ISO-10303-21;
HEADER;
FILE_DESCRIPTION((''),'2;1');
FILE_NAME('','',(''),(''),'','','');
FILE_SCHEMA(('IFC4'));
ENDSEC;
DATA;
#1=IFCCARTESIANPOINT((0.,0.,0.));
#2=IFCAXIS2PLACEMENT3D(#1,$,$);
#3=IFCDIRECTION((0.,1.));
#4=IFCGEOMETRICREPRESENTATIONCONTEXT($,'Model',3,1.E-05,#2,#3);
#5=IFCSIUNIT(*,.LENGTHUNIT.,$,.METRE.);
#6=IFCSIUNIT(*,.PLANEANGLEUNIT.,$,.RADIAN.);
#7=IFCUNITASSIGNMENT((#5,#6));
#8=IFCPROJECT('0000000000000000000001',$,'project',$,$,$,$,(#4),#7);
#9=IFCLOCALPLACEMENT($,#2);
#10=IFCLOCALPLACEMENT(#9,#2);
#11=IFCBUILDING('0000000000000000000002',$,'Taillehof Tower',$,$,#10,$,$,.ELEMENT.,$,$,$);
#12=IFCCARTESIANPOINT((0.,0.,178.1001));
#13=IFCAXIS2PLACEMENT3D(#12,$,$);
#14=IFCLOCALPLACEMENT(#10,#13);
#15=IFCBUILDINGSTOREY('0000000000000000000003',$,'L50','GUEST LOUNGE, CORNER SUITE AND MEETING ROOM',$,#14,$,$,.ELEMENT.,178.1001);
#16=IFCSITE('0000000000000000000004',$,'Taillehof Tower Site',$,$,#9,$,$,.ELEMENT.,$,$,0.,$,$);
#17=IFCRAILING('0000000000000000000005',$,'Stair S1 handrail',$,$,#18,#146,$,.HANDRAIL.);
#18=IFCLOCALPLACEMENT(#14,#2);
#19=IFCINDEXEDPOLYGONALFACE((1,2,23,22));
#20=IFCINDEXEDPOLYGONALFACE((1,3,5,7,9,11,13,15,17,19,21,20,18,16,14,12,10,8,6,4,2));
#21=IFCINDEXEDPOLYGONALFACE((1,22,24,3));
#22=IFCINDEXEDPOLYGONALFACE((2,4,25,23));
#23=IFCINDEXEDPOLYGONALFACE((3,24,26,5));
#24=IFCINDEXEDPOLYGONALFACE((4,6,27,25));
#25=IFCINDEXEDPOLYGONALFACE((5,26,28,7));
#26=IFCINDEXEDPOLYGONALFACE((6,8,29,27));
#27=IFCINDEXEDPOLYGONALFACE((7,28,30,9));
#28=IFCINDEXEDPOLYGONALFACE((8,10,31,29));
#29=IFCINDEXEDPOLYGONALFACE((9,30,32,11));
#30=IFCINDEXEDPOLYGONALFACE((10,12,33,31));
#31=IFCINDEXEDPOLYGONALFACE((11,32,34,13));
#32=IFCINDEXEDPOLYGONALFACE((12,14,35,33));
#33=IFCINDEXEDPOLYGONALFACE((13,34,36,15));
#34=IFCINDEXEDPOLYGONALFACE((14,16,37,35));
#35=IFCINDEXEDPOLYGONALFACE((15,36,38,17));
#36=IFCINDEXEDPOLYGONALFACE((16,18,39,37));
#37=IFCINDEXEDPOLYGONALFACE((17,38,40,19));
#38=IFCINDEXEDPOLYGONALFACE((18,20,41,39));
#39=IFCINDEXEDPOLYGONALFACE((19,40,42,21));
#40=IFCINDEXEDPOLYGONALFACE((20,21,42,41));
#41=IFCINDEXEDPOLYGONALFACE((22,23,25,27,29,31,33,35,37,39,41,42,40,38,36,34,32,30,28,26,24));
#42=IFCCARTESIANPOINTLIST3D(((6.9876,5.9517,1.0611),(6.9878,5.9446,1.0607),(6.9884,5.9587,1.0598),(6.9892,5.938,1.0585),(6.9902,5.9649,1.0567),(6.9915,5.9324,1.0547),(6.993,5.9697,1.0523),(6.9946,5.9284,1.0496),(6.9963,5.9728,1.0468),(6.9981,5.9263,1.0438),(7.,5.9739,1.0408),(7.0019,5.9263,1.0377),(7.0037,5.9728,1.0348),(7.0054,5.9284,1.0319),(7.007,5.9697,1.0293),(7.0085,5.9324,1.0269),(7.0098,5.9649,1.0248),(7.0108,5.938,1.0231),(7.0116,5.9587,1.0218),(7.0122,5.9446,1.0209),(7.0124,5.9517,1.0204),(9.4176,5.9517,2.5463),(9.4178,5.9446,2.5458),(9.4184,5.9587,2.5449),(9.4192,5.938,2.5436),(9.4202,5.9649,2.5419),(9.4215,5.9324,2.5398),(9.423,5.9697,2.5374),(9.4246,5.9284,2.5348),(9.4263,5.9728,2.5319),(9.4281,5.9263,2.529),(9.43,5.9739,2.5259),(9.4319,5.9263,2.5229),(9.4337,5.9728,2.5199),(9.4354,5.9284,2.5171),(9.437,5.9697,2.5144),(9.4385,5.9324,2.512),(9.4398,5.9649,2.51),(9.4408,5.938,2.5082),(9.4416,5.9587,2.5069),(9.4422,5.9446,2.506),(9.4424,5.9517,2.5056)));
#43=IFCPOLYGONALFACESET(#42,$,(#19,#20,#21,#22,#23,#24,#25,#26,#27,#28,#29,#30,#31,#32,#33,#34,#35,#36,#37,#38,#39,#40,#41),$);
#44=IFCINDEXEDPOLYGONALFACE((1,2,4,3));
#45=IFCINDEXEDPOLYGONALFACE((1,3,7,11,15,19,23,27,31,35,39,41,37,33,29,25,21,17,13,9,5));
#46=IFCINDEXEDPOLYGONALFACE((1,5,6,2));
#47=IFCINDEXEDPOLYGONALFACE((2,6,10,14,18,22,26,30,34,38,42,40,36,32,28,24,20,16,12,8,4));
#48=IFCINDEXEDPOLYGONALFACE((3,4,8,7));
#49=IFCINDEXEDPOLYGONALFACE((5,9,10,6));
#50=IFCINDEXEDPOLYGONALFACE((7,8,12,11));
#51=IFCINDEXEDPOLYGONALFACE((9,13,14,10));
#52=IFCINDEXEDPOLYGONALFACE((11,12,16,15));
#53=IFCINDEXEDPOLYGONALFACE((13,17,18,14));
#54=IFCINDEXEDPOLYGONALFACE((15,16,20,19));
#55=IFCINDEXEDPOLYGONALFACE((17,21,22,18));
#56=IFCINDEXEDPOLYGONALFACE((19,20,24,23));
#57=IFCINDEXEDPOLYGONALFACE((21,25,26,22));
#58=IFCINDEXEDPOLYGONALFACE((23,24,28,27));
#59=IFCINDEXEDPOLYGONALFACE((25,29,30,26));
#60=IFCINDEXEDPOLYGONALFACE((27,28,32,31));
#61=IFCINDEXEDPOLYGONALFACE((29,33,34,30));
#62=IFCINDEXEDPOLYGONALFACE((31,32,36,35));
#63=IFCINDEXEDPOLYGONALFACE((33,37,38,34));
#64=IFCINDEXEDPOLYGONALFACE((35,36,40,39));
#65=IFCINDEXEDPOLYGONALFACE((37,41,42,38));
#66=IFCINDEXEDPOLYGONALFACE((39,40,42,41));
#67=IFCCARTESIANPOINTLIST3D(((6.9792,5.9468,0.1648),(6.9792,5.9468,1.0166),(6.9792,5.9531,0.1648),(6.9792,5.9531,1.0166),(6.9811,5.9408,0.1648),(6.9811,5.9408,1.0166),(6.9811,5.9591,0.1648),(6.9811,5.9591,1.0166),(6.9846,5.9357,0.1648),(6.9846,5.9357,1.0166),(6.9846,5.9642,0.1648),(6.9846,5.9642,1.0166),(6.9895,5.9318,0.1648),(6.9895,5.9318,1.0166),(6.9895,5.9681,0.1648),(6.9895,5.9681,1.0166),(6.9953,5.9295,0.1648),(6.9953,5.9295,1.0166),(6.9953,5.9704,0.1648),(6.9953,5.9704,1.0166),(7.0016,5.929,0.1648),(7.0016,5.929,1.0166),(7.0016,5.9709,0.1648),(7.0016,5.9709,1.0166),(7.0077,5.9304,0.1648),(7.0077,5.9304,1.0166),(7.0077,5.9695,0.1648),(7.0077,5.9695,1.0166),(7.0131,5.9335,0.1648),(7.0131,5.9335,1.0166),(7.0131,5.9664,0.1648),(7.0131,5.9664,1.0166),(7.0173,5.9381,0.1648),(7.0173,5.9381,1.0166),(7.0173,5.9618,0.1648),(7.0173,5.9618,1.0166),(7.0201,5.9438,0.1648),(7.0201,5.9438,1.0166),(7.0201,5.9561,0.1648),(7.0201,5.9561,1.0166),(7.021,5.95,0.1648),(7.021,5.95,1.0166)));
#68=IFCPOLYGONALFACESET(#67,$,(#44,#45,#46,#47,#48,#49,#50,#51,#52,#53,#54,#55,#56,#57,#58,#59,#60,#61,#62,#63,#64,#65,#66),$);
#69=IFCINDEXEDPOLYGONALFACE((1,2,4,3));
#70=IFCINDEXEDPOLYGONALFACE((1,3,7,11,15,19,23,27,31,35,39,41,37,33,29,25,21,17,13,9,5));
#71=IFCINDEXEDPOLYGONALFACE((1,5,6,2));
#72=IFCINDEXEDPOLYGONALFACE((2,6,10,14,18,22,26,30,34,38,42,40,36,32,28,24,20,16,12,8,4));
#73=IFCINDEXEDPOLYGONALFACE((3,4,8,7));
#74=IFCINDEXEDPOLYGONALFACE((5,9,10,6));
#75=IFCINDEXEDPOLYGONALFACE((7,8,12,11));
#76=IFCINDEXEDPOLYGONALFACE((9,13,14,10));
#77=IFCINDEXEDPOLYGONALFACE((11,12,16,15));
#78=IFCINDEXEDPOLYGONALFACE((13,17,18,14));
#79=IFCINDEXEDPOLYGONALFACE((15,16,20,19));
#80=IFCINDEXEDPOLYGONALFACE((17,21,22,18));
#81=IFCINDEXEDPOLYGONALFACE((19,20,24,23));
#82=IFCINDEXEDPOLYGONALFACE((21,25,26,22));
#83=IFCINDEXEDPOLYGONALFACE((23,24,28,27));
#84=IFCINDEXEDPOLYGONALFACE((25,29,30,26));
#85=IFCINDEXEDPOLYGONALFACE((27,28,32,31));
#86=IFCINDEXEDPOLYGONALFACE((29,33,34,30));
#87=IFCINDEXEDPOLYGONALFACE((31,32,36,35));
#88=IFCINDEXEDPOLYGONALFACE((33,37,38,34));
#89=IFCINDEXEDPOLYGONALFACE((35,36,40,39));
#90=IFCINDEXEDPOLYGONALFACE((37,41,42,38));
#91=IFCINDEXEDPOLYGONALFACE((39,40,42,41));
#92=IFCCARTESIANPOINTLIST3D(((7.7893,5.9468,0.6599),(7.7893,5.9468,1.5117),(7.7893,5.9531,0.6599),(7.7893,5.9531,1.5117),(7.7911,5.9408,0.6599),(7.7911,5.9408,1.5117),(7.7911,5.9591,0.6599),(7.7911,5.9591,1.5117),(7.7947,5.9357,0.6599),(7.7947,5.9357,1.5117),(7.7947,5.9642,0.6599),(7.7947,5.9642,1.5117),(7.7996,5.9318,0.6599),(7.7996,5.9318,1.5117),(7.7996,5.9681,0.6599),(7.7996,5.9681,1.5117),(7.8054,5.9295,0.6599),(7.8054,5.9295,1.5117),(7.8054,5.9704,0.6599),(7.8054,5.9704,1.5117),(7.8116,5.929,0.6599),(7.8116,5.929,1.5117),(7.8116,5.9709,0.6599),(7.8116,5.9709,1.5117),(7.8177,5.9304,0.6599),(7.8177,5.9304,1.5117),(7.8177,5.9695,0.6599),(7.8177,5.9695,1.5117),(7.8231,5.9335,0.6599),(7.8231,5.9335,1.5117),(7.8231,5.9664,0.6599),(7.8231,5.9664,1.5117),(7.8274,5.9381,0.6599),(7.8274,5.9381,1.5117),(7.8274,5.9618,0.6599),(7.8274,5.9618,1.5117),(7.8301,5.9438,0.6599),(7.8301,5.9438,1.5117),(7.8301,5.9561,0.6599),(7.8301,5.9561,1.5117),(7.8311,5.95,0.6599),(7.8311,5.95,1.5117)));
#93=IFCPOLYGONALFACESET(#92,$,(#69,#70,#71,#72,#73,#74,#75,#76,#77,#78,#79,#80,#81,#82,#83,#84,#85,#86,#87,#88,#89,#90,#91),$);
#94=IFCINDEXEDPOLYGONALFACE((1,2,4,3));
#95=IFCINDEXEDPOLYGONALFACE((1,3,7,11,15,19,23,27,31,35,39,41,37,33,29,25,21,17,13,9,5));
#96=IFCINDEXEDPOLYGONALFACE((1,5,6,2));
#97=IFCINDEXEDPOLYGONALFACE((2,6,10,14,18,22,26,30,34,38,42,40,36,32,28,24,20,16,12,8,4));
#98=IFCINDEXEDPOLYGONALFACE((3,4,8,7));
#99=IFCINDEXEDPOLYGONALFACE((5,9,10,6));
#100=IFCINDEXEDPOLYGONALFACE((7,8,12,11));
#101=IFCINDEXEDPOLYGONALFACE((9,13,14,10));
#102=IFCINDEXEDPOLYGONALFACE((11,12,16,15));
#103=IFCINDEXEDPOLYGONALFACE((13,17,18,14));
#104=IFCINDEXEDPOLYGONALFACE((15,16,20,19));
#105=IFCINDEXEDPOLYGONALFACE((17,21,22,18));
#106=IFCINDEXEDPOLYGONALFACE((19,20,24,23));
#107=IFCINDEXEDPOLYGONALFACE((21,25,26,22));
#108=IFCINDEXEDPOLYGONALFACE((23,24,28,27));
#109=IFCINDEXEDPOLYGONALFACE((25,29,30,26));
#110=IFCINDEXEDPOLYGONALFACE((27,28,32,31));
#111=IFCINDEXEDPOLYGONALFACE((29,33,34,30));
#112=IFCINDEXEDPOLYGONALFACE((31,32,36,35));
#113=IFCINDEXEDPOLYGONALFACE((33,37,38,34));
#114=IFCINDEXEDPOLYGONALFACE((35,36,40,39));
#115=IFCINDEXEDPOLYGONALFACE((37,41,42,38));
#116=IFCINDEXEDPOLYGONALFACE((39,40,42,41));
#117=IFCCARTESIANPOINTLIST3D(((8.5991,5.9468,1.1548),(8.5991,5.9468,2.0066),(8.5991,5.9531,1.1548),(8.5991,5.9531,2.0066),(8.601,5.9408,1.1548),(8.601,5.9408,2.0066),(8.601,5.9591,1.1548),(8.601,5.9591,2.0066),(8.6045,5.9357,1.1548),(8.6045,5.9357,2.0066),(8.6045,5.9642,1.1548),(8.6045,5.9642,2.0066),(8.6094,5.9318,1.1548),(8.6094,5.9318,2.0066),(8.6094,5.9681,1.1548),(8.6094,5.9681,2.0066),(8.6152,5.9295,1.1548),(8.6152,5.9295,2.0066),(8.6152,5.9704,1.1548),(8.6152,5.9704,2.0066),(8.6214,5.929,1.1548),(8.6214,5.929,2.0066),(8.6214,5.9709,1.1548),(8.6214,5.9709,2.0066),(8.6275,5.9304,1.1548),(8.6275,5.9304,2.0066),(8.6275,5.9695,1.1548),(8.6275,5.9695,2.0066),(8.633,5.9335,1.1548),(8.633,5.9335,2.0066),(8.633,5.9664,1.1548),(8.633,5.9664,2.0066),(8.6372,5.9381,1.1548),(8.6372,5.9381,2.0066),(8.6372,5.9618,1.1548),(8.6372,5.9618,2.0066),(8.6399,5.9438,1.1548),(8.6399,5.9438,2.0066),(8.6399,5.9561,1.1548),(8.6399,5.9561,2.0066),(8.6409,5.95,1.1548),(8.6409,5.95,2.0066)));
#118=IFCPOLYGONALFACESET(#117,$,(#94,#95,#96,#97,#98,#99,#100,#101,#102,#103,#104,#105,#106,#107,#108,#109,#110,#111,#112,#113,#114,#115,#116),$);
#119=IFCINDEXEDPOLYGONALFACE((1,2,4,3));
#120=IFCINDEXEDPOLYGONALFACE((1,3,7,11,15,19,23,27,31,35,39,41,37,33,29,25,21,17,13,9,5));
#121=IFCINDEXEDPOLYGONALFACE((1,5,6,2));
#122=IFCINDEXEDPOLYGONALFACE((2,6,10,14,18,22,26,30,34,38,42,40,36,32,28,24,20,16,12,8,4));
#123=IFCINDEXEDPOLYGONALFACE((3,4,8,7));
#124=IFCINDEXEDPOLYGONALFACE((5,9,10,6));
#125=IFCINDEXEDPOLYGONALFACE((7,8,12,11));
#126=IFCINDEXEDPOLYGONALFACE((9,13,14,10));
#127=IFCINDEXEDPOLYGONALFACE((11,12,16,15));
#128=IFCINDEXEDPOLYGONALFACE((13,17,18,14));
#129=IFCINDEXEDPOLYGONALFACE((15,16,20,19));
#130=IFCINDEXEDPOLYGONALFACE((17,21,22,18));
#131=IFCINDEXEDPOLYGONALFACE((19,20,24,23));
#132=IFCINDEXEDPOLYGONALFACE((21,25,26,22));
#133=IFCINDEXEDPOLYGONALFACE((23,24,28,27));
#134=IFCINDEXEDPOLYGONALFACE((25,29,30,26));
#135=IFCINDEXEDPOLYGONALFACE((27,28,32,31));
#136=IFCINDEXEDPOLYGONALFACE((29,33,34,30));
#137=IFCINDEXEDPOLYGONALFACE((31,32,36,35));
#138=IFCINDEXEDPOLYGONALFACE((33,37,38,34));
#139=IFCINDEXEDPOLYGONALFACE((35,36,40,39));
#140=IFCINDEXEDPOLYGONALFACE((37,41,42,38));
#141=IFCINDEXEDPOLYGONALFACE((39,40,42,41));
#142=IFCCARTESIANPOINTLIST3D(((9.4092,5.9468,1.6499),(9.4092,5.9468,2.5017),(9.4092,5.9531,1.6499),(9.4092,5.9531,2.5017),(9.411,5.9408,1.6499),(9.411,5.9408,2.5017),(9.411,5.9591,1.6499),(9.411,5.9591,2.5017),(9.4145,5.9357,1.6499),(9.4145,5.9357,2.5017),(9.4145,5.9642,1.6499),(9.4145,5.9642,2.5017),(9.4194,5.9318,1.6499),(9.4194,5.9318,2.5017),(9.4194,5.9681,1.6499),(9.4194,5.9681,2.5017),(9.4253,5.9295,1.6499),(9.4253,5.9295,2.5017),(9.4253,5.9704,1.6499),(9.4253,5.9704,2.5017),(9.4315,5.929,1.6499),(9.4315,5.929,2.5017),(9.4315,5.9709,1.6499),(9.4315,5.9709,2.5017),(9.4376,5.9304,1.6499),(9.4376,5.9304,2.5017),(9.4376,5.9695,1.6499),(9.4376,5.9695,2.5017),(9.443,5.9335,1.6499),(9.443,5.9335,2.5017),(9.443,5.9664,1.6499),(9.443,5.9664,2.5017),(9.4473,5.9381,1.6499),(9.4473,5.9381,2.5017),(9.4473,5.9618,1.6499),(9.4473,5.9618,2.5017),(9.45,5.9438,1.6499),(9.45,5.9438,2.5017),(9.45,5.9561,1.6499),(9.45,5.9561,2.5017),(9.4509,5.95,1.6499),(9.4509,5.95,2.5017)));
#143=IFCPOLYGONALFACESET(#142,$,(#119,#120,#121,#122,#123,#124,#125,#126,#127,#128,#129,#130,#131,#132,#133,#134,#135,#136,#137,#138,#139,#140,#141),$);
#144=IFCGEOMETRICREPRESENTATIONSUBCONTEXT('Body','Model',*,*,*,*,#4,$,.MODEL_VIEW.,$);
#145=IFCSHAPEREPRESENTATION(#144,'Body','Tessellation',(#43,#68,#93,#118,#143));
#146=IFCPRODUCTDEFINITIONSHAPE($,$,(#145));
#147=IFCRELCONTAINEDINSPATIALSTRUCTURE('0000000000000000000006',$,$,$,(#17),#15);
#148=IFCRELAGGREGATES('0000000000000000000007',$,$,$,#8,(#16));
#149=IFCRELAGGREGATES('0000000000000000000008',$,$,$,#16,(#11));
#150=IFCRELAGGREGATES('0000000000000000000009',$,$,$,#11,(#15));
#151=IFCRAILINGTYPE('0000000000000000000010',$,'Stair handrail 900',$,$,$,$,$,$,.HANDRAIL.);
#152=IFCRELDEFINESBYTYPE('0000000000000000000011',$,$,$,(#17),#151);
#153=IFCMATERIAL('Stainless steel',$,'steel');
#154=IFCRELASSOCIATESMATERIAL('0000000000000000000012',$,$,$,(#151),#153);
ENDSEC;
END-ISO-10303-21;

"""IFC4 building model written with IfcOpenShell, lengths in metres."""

from ifc_helpers import new_model, si_unit, direction, frame, origin, origin_2d, place, context, subcontext, project, spatial, circle, extrude, material, type_object, element, save


model = new_model("IFC4")

# Units and contexts
model_context = context("Model", 3, precision=1e-05, world=origin(), true_north=direction((0.0, 1.0)))
body_context = subcontext(model_context, "Body", "Model", "MODEL_VIEW")
ifc_project = project(units=[si_unit("LENGTHUNIT", "METRE"), si_unit("PLANEANGLEUNIT", "RADIAN")], contexts=[model_context])

# Site, building, storey
site_placement = place(None, origin())
site = spatial("IfcSite", under=ifc_project, at=site_placement, Name="Taillehof Tower Site", CompositionType="ELEMENT", RefElevation=0.0)
building_placement = place(site_placement, origin())
building = spatial("IfcBuilding", under=site, at=building_placement, Name="Taillehof Tower", CompositionType="ELEMENT")
storey_placement = place(building_placement, frame((0.0, 0.0, 178.1001)))
storey = spatial("IfcBuildingStorey", under=building, at=storey_placement, Name="L50", Description="GUEST LOUNGE, CORNER SUITE AND MEETING ROOM", CompositionType="ELEMENT", Elevation=178.1001)

# Railing
ifc_material_1 = material(Name="Stainless steel", Category="steel")
railing_type = type_object("IfcRailingType", Name="Stair handrail 900", PredefinedType="HANDRAIL", material=ifc_material_1)
railing_placement = place(storey_placement, frame((7.0, 5.95, 0.1648)))
element("IfcRailing", 1, at=railing_placement, inside=storey, type_object=railing_type, Name="Stair S1 handrail", PredefinedType="HANDRAIL", context=body_context, shape_type="SweptSolid", body=[
    extrude(circle(Radius=0.0239, at=origin_2d()), frame((0.0, 0.0, 0.876), z_axis=(0.853259, 0.0, 0.521488), x_axis=(0.0, 1.0, 0.0)), (0.0, 0.0, 1.0), 2.8479),
    extrude(circle(Radius=0.021, at=origin_2d()), origin(), (0.0, 0.0, 1.0), 0.8518),
    extrude(circle(Radius=0.021, at=origin_2d()), frame((0.8101, 0.0, 0.4951)), (0.0, 0.0, 1.0), 0.8518),
    extrude(circle(Radius=0.021, at=origin_2d()), frame((1.6199, 0.0, 0.99)), (0.0, 0.0, 1.0), 0.8518),
    extrude(circle(Radius=0.021, at=origin_2d()), frame((2.4299, 0.0, 1.4851)), (0.0, 0.0, 1.0), 0.8518),
])

save(model, "model.ifc")
